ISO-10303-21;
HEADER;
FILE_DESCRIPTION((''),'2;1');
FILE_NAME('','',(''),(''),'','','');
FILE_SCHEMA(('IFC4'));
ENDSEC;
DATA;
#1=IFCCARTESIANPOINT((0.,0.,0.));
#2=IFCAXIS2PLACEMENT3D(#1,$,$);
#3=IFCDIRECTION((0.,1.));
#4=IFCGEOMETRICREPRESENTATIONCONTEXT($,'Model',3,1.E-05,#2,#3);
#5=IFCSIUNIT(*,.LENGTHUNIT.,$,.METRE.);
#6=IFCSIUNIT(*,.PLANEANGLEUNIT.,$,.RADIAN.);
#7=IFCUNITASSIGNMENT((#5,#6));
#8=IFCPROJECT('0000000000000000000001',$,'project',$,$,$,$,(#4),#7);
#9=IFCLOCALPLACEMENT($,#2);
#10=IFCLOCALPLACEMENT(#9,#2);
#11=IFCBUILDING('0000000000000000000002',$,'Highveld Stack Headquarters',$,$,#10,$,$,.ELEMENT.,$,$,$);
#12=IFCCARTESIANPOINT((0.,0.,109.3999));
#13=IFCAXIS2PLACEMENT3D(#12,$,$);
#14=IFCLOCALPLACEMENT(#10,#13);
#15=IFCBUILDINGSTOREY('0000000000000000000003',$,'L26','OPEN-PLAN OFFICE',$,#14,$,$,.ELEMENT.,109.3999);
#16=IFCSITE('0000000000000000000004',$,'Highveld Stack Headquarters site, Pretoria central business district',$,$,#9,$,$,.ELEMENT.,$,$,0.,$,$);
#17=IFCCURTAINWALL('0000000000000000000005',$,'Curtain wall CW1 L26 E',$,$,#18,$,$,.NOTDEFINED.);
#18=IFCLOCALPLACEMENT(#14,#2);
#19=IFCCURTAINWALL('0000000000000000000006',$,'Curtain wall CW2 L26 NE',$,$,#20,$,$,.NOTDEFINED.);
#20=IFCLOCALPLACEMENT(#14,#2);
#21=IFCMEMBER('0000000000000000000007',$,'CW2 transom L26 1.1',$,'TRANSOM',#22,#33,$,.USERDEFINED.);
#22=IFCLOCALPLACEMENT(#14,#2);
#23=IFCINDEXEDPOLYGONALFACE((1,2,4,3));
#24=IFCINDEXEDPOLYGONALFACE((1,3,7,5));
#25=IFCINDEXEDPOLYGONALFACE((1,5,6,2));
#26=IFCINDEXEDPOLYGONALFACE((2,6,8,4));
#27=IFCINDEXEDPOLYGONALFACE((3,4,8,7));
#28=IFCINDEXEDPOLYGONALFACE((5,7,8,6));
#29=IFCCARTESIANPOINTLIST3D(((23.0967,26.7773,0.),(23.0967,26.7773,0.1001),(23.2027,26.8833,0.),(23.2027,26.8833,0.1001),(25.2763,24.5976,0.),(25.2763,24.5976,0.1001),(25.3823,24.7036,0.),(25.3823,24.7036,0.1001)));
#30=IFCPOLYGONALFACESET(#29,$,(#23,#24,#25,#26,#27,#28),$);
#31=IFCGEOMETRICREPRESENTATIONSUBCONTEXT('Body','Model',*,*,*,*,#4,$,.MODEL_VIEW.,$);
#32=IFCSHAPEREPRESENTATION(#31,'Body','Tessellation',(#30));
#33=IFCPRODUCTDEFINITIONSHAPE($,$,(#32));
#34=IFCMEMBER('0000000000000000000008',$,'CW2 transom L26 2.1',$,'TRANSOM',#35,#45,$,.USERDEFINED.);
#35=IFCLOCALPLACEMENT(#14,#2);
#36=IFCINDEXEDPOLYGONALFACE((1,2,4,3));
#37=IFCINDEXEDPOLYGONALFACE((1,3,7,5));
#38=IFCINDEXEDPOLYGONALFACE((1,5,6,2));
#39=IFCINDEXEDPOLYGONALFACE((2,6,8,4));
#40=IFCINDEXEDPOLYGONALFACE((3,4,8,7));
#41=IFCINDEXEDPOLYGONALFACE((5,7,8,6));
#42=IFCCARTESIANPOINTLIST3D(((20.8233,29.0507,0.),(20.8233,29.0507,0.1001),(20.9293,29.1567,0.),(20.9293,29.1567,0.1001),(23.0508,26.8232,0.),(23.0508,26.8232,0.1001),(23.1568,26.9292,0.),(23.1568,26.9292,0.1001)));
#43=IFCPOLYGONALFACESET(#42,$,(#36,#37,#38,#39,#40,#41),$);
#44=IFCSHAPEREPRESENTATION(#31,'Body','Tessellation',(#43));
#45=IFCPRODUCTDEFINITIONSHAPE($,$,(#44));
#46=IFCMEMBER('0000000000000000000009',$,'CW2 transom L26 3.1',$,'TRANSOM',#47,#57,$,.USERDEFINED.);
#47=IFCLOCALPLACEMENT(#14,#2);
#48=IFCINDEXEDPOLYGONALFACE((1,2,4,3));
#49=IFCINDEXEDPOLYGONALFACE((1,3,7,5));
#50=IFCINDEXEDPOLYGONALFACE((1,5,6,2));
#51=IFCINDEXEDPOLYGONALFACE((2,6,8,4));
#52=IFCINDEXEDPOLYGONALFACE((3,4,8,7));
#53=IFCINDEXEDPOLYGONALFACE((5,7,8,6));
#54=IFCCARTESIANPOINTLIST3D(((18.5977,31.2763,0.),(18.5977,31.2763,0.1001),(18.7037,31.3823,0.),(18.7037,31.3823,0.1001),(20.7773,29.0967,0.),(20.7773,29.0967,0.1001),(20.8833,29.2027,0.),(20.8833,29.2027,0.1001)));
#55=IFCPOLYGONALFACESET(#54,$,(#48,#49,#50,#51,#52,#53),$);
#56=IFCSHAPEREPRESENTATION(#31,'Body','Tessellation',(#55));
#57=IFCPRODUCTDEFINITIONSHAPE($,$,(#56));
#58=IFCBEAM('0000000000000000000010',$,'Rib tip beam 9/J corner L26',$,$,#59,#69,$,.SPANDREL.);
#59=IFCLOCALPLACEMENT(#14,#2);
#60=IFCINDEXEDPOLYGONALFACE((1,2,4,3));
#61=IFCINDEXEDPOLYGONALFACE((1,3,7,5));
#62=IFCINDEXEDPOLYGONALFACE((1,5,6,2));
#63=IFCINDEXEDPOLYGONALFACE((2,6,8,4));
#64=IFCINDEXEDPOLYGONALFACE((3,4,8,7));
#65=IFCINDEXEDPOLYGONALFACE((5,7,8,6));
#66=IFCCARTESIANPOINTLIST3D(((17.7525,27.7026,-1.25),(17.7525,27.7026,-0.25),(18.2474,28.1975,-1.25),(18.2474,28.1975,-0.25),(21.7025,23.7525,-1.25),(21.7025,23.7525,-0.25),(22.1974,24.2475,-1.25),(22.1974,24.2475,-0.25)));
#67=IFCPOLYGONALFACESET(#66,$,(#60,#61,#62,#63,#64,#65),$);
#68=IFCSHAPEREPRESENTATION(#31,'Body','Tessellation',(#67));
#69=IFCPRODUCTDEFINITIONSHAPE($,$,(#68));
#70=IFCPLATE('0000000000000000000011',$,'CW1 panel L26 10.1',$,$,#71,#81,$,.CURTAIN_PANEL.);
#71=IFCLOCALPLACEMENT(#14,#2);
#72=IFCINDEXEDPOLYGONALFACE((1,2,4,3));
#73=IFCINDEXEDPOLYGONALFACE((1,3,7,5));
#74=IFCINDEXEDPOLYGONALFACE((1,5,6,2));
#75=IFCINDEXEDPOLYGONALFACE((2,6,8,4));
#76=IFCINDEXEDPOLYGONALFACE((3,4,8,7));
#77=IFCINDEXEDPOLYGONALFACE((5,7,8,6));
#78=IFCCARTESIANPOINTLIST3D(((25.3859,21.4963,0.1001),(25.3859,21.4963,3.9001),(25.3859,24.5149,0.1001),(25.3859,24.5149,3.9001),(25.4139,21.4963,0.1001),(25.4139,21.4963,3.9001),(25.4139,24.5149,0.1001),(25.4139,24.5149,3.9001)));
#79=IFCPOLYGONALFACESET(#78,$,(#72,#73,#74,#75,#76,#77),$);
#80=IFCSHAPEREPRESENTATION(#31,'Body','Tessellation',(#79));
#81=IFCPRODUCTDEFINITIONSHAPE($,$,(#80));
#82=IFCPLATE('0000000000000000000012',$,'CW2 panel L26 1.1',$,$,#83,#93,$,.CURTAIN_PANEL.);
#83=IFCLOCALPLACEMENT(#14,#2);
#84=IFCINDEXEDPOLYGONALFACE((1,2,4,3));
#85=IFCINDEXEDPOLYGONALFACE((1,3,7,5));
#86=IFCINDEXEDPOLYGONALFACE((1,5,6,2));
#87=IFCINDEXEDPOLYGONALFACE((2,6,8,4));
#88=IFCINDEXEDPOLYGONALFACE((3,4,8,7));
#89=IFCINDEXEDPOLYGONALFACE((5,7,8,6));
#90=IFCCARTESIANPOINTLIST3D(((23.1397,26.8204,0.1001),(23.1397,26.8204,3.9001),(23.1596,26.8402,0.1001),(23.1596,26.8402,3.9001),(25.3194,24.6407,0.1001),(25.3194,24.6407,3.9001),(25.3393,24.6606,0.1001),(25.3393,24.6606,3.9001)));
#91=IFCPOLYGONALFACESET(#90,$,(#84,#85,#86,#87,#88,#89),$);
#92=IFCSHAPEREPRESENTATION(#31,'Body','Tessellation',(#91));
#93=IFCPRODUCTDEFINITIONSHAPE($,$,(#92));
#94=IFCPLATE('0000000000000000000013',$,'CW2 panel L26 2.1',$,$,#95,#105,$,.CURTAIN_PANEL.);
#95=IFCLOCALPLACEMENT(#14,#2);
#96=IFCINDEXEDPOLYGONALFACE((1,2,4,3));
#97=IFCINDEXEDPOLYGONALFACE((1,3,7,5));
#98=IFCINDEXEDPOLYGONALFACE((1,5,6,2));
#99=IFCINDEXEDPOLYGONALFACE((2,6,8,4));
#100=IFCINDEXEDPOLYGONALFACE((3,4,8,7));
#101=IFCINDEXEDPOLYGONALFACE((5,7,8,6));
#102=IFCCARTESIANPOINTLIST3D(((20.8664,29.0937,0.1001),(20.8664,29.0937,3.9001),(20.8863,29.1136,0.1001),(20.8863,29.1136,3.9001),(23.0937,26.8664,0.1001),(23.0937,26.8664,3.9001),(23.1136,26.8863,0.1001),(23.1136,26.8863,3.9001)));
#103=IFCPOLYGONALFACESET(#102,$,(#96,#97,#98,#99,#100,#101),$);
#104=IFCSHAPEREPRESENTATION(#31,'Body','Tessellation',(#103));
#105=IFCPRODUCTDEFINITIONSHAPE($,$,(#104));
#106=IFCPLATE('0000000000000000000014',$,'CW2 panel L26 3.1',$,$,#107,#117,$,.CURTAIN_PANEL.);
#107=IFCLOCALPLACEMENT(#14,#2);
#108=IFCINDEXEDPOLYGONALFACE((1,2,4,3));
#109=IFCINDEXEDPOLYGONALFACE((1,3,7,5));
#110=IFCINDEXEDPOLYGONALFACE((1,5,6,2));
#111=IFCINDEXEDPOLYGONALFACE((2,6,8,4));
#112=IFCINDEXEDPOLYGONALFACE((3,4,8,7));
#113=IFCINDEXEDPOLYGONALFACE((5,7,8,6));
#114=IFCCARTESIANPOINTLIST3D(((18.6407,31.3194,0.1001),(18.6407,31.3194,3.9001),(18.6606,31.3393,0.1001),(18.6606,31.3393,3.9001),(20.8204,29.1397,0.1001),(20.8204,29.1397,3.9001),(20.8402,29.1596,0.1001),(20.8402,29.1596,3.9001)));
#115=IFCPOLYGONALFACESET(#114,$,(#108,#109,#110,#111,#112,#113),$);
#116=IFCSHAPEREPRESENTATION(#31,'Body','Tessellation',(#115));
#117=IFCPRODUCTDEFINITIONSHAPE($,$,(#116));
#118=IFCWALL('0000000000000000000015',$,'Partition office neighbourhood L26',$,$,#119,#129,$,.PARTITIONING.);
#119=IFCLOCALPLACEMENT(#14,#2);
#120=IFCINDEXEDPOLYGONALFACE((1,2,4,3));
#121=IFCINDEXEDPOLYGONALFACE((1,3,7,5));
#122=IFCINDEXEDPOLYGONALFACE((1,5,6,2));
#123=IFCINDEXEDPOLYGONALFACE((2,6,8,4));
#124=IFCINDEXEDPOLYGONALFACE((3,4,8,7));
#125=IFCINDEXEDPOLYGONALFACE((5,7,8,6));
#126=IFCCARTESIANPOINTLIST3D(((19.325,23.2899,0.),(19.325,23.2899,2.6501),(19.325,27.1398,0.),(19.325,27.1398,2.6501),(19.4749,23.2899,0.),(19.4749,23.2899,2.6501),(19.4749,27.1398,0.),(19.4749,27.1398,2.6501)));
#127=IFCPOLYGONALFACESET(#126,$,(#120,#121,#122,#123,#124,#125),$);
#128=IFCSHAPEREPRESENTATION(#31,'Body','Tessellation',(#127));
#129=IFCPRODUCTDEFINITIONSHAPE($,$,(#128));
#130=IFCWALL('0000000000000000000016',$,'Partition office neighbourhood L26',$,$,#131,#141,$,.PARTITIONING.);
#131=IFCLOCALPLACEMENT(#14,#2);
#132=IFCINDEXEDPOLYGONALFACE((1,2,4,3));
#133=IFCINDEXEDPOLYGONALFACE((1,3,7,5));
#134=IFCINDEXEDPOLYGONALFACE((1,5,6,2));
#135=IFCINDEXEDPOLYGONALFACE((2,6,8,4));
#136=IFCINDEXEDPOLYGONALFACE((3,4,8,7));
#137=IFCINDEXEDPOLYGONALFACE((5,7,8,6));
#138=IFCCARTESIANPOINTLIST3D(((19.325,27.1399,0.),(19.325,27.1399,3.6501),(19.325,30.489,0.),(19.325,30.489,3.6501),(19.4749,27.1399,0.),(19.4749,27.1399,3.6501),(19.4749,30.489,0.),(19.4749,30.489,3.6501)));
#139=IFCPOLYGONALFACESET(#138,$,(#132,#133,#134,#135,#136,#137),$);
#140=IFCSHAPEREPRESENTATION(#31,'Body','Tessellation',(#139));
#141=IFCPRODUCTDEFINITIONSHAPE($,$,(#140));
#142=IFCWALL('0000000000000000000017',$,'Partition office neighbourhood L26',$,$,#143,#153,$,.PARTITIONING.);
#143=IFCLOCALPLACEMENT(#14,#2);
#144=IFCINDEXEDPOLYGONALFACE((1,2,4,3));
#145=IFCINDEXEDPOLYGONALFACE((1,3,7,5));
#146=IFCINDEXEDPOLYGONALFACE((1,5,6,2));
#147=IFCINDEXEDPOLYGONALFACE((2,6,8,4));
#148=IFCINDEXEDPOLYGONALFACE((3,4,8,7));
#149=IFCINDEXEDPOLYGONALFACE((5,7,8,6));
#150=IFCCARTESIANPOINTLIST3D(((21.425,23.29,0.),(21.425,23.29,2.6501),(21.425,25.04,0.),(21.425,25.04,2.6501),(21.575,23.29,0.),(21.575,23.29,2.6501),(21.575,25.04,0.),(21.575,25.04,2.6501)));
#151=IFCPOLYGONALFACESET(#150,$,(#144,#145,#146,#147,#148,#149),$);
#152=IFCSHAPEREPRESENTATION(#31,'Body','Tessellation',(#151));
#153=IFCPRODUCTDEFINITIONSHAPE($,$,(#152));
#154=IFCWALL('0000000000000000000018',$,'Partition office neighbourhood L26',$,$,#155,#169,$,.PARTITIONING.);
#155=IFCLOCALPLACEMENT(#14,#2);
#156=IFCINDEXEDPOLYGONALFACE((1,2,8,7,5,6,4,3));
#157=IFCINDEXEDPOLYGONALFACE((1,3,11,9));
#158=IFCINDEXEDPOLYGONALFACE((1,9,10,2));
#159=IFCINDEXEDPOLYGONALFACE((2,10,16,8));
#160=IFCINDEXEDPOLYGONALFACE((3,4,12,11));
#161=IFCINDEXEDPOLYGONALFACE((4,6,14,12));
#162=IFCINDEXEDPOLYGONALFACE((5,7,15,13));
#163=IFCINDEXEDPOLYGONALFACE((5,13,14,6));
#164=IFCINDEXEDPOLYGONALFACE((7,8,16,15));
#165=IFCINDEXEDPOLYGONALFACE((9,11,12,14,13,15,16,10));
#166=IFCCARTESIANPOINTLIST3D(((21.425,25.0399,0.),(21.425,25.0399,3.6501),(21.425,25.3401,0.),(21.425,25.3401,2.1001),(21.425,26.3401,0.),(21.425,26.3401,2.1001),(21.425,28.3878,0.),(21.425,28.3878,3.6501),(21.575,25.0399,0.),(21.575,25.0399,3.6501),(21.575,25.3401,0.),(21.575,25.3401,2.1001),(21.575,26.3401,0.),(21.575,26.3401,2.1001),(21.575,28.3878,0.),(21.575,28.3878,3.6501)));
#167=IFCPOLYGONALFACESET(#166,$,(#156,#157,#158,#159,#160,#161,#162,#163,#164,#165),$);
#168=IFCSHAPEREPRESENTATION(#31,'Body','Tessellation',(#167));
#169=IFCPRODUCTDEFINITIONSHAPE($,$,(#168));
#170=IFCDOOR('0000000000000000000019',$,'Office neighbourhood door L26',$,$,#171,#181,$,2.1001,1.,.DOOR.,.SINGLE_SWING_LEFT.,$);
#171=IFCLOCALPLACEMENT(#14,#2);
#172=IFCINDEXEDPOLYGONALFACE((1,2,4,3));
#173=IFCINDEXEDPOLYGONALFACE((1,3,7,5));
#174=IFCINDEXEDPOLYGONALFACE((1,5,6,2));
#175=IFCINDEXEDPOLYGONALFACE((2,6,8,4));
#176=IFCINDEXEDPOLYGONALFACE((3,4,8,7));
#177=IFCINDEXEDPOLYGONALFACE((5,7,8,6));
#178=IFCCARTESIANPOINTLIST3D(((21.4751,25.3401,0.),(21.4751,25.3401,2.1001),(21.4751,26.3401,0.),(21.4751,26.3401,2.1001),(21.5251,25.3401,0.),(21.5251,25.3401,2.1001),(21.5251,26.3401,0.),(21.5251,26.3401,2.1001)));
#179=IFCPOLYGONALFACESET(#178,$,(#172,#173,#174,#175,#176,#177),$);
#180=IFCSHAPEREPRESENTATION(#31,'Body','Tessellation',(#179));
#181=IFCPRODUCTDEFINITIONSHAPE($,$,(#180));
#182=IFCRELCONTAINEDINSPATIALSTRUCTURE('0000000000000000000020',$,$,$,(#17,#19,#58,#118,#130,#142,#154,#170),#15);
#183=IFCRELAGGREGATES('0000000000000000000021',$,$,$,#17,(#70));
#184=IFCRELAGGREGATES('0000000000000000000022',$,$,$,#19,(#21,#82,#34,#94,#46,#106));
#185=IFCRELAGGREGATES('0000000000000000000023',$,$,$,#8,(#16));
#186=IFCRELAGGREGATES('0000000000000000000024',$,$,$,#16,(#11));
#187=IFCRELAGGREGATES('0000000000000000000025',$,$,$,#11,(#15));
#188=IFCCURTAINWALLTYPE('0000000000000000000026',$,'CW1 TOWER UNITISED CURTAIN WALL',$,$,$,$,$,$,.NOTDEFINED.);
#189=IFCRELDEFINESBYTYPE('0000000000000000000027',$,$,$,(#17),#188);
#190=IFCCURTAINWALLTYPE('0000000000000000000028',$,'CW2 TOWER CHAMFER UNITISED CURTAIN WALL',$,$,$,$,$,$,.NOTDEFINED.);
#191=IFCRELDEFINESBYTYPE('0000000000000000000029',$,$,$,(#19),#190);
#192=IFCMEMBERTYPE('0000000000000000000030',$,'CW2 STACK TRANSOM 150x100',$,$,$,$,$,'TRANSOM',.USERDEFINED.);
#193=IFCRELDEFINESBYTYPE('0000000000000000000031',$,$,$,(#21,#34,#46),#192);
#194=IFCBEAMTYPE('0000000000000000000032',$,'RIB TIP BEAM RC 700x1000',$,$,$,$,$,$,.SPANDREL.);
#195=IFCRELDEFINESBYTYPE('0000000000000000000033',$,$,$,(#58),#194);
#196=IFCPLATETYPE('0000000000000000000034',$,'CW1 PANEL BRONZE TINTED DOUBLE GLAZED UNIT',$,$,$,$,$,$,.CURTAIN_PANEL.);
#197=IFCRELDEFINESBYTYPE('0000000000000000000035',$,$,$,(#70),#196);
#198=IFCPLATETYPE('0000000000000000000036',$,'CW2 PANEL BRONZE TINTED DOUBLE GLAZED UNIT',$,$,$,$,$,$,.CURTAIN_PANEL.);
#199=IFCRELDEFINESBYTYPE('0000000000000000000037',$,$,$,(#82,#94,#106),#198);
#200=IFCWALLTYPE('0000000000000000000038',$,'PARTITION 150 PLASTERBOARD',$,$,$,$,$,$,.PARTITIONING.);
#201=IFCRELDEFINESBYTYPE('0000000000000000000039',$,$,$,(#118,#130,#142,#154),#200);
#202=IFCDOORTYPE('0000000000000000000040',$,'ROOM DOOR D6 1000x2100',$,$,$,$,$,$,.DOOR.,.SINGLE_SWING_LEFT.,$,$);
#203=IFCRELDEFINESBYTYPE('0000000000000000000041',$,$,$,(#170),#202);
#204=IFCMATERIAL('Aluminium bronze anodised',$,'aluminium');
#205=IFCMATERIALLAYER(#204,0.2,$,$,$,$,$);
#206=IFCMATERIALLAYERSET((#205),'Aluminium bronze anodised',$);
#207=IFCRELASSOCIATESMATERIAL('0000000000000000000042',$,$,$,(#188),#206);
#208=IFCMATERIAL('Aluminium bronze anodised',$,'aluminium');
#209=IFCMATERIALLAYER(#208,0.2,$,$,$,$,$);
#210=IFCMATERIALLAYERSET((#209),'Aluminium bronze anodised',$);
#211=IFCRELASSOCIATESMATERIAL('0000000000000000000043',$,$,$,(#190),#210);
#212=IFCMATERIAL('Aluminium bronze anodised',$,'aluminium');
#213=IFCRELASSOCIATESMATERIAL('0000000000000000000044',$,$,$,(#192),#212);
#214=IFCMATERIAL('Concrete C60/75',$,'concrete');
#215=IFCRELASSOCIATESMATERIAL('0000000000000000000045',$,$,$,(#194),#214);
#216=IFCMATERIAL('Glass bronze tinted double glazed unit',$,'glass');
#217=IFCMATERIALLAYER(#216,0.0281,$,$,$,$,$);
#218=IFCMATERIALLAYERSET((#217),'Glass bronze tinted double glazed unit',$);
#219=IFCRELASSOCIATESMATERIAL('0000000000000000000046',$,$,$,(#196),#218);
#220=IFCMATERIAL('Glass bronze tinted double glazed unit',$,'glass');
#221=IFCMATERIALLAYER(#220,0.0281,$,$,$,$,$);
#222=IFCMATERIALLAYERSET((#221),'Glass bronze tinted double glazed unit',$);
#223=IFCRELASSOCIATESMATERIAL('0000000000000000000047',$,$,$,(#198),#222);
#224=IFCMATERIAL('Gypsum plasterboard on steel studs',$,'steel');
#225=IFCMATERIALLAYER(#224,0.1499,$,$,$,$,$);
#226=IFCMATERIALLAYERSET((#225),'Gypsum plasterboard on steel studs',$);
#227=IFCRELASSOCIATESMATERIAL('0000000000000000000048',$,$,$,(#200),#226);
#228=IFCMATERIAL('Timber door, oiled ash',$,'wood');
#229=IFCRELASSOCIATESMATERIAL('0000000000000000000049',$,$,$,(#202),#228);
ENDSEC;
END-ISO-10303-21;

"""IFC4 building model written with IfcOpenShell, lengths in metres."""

from ifc_helpers import new_model, si_unit, direction, frame, frame_2d, origin, origin_2d, place, context, subcontext, project, spatial, rectangle, extrude, material, layer, layer_set, material_profile, profile_set, type_object, element, fill, aggregate, save


model = new_model("IFC4")

# Units and contexts
model_context = context("Model", 3, precision=1e-05, world=origin(), true_north=direction((0.0, 1.0)))
body_context = subcontext(model_context, "Body", "Model", "MODEL_VIEW")
ifc_project = project(units=[si_unit("LENGTHUNIT", "METRE"), si_unit("PLANEANGLEUNIT", "RADIAN")], contexts=[model_context])

# Site, building, storey
site_placement = place(None, origin())
site = spatial("IfcSite", under=ifc_project, at=site_placement, Name="Highveld Stack Headquarters site, Pretoria central business district", CompositionType="ELEMENT", RefElevation=0.0)
building_placement = place(site_placement, origin())
building = spatial("IfcBuilding", under=site, at=building_placement, Name="Highveld Stack Headquarters", CompositionType="ELEMENT")
storey_placement = place(building_placement, frame((0.0, 0.0, 109.3999)))
storey = spatial("IfcBuildingStorey", under=building, at=storey_placement, Name="L26", Description="OPEN-PLAN OFFICE", CompositionType="ELEMENT", Elevation=109.3999)

# Curtain wall
ifc_material_1 = material(Name="Aluminium bronze anodised", Category="aluminium")
ifc_layer_1 = layer(ifc_material_1, 0.2)
ifc_layer_set_1 = layer_set([ifc_layer_1], Name="Aluminium bronze anodised")
curtain_wall_type_1 = type_object("IfcCurtainWallType", Name="CW1 TOWER UNITISED CURTAIN WALL", PredefinedType="NOTDEFINED", material=ifc_layer_set_1)
curtain_wall_1_placement = place(storey_placement, origin())
curtain_wall_1 = element("IfcCurtainWall", 1, at=curtain_wall_1_placement, inside=storey, type_object=curtain_wall_type_1, Name="Curtain wall CW1 L26 E", PredefinedType="NOTDEFINED")

# Curtain wall, members
ifc_material_2 = material(Name="Aluminium bronze anodised", Category="aluminium")
ifc_layer_2 = layer(ifc_material_2, 0.2)
ifc_layer_set_2 = layer_set([ifc_layer_2], Name="Aluminium bronze anodised")
curtain_wall_type_2 = type_object("IfcCurtainWallType", Name="CW2 TOWER CHAMFER UNITISED CURTAIN WALL", PredefinedType="NOTDEFINED", material=ifc_layer_set_2)
curtain_wall_2_placement = place(storey_placement, origin())
curtain_wall_2 = element("IfcCurtainWall", 2, at=curtain_wall_2_placement, inside=storey, type_object=curtain_wall_type_2, Name="Curtain wall CW2 L26 NE", PredefinedType="NOTDEFINED")
ifc_material_3 = material(Name="Aluminium bronze anodised", Category="aluminium")
ifc_material_profile_1 = material_profile(ifc_material_3, rectangle(XDim=0.1499, YDim=0.1001, at=origin_2d()), Name="CW2 TRANSOM 150x100")
ifc_profile_set_1 = profile_set([ifc_material_profile_1], Name="Aluminium bronze anodised")
member_type_1 = type_object("IfcMemberType", Name="CW2 STACK TRANSOM 150x100", ElementType="TRANSOM", PredefinedType="USERDEFINED", material=ifc_profile_set_1)
member_1_placement = place(storey_placement, frame((25.3293, 24.6506, 0.05), z_axis=(-0.707107, 0.707107, 0.0), x_axis=(-0.707107, -0.707107, 0.0)))
member_1 = element("IfcMember", 3, at=member_1_placement, type_object=member_type_1, Name="CW2 transom L26 1.1", ObjectType="TRANSOM", PredefinedType="USERDEFINED", context=body_context, shape_type="SweptSolid", body=[
    extrude(rectangle(XDim=0.1499, YDim=0.1001, at=origin_2d()), origin(), (0.0, 0.0, 1.0), 3.0825),
])
member_2_placement = place(storey_placement, frame((23.1038, 26.8762, 0.05), z_axis=(-0.707107, 0.707107, 0.0), x_axis=(-0.707107, -0.707107, 0.0)))
member_2 = element("IfcMember", 4, at=member_2_placement, type_object=member_type_1, Name="CW2 transom L26 2.1", ObjectType="TRANSOM", PredefinedType="USERDEFINED", context=body_context, shape_type="SweptSolid", body=[
    extrude(rectangle(XDim=0.1499, YDim=0.1001, at=origin_2d()), origin(), (0.0, 0.0, 1.0), 3.1501),
])
member_3_placement = place(storey_placement, frame((20.8303, 29.1497, 0.05), z_axis=(-0.707107, 0.707107, 0.0), x_axis=(-0.707107, -0.707107, 0.0)))
member_3 = element("IfcMember", 5, at=member_3_placement, type_object=member_type_1, Name="CW2 transom L26 3.1", ObjectType="TRANSOM", PredefinedType="USERDEFINED", context=body_context, shape_type="SweptSolid", body=[
    extrude(rectangle(XDim=0.1499, YDim=0.1001, at=origin_2d()), origin(), (0.0, 0.0, 1.0), 3.0825),
])

# Beam
ifc_material_4 = material(Name="Concrete C60/75", Category="concrete")
ifc_material_profile_2 = material_profile(ifc_material_4, rectangle(XDim=0.7, YDim=1.0, at=origin_2d()), Name="RC 700x1000")
ifc_profile_set_2 = profile_set([ifc_material_profile_2], Name="Concrete C60/75")
beam_type_1 = type_object("IfcBeamType", Name="RIB TIP BEAM RC 700x1000", PredefinedType="SPANDREL", material=ifc_profile_set_2)
beam_1_placement = place(storey_placement, frame((21.95, 24.0, -0.75), z_axis=(-0.707107, 0.707107, 0.0), x_axis=(-0.707107, -0.707107, 0.0)))
element("IfcBeam", 6, at=beam_1_placement, inside=storey, type_object=beam_type_1, Name="Rib tip beam 9/J corner L26", PredefinedType="SPANDREL", context=body_context, shape_type="SweptSolid", body=[
    extrude(rectangle(XDim=0.7, YDim=1.0, at=origin_2d()), origin(), (0.0, 0.0, 1.0), 5.5862),
])

# Plates
ifc_material_5 = material(Name="Glass bronze tinted double glazed unit", Category="glass")
ifc_layer_3 = layer(ifc_material_5, 0.0281)
ifc_layer_set_3 = layer_set([ifc_layer_3], Name="Glass bronze tinted double glazed unit")
plate_type_1 = type_object("IfcPlateType", Name="CW1 PANEL BRONZE TINTED DOUBLE GLAZED UNIT", PredefinedType="CURTAIN_PANEL", material=ifc_layer_set_3)
plate_1_placement = place(storey_placement, frame((25.3999, 23.0056, 0.1001), z_axis=(0.0, 0.0, 1.0), x_axis=(0.0, 1.0, 0.0)))
plate_1 = element("IfcPlate", 7, at=plate_1_placement, type_object=plate_type_1, Name="CW1 panel L26 10.1", PredefinedType="CURTAIN_PANEL", context=body_context, shape_type="SweptSolid", body=[
    extrude(rectangle(XDim=3.0186, YDim=0.0281, at=origin_2d()), origin(), (0.0, 0.0, 1.0), 3.8),
])
aggregate(curtain_wall_1, [plate_1])
ifc_material_6 = material(Name="Glass bronze tinted double glazed unit", Category="glass")
ifc_layer_4 = layer(ifc_material_6, 0.0281)
ifc_layer_set_4 = layer_set([ifc_layer_4], Name="Glass bronze tinted double glazed unit")
plate_type_2 = type_object("IfcPlateType", Name="CW2 PANEL BRONZE TINTED DOUBLE GLAZED UNIT", PredefinedType="CURTAIN_PANEL", material=ifc_layer_set_4)
plate_2_placement = place(storey_placement, frame((24.2395, 25.7405, 0.1001), z_axis=(0.0, 0.0, 1.0), x_axis=(-0.707107, 0.707107, 0.0)))
plate_2 = element("IfcPlate", 8, at=plate_2_placement, type_object=plate_type_2, Name="CW2 panel L26 1.1", PredefinedType="CURTAIN_PANEL", context=body_context, shape_type="SweptSolid", body=[
    extrude(rectangle(XDim=3.0825, YDim=0.0281, at=origin_2d()), origin(), (0.0, 0.0, 1.0), 3.8),
])
plate_3_placement = place(storey_placement, frame((21.99, 27.99, 0.1001), z_axis=(0.0, 0.0, 1.0), x_axis=(-0.707107, 0.707107, 0.0)))
plate_3 = element("IfcPlate", 9, at=plate_3_placement, type_object=plate_type_2, Name="CW2 panel L26 2.1", PredefinedType="CURTAIN_PANEL", context=body_context, shape_type="SweptSolid", body=[
    extrude(rectangle(XDim=3.1499, YDim=0.0281, at=origin_2d()), origin(), (0.0, 0.0, 1.0), 3.8),
])
plate_4_placement = place(storey_placement, frame((19.7405, 30.2395, 0.1001), z_axis=(0.0, 0.0, 1.0), x_axis=(-0.707107, 0.707107, 0.0)))
plate_4 = element("IfcPlate", 10, at=plate_4_placement, type_object=plate_type_2, Name="CW2 panel L26 3.1", PredefinedType="CURTAIN_PANEL", context=body_context, shape_type="SweptSolid", body=[
    extrude(rectangle(XDim=3.0825, YDim=0.0281, at=origin_2d()), origin(), (0.0, 0.0, 1.0), 3.8),
])
aggregate(curtain_wall_2, [member_1, plate_2, member_2, plate_3, member_3, plate_4])

# Walls
ifc_material_7 = material(Name="Gypsum plasterboard on steel studs", Category="steel")
ifc_layer_5 = layer(ifc_material_7, 0.1499)
ifc_layer_set_5 = layer_set([ifc_layer_5], Name="Gypsum plasterboard on steel studs")
wall_type = type_object("IfcWallType", Name="PARTITION 150 PLASTERBOARD", PredefinedType="PARTITIONING", material=ifc_layer_set_5)
wall_1_placement = place(storey_placement, frame((19.3999, 23.29, 0.0), z_axis=(0.0, 0.0, 1.0), x_axis=(0.0, 1.0, 0.0)))
element("IfcWall", 11, at=wall_1_placement, inside=storey, type_object=wall_type, Name="Partition office neighbourhood L26", PredefinedType="PARTITIONING", context=body_context, shape_type="SweptSolid", body=[
    extrude(rectangle(XDim=3.8499, YDim=0.1499, at=frame_2d((1.9248, 0.0))), origin(), (0.0, 0.0, 1.0), 2.6501),
])
wall_2_placement = place(storey_placement, frame((19.3999, 27.1399, 0.0), z_axis=(0.0, 0.0, 1.0), x_axis=(0.0, 1.0, 0.0)))
element("IfcWall", 12, at=wall_2_placement, inside=storey, type_object=wall_type, Name="Partition office neighbourhood L26", PredefinedType="PARTITIONING", context=body_context, shape_type="SweptSolid", body=[
    extrude(rectangle(XDim=3.3491, YDim=0.1499, at=frame_2d((1.6746, 0.0))), origin(), (0.0, 0.0, 1.0), 3.6501),
])
wall_3_placement = place(storey_placement, frame((21.5, 23.29, 0.0), z_axis=(0.0, 0.0, 1.0), x_axis=(0.0, 1.0, 0.0)))
element("IfcWall", 13, at=wall_3_placement, inside=storey, type_object=wall_type, Name="Partition office neighbourhood L26", PredefinedType="PARTITIONING", context=body_context, shape_type="SweptSolid", body=[
    extrude(rectangle(XDim=1.75, YDim=0.1499, at=frame_2d((0.875, 0.0))), origin(), (0.0, 0.0, 1.0), 2.6501),
])

# Wall, opening, door
wall_4_placement = place(storey_placement, frame((21.5, 25.04, 0.0), z_axis=(0.0, 0.0, 1.0), x_axis=(0.0, 1.0, 0.0)))
wall_4 = element("IfcWall", 14, at=wall_4_placement, inside=storey, type_object=wall_type, Name="Partition office neighbourhood L26", PredefinedType="PARTITIONING", context=body_context, shape_type="SweptSolid", body=[
    extrude(rectangle(XDim=3.3479, YDim=0.1499, at=frame_2d((1.6738, 0.0))), origin(), (0.0, 0.0, 1.0), 3.6501),
])
opening_placement = place(wall_4_placement, frame((0.3, 0.0, 0.0)))
opening = element("IfcOpeningElement", 15, at=opening_placement, cuts=wall_4, PredefinedType="OPENING", context=body_context, shape_type="SweptSolid", body=[
    extrude(rectangle(XDim=1.0, YDim=2.1001, at=frame_2d((0.5, 1.05))), frame((0.0, 0.085, 0.0), z_axis=(0.0, -1.0, 0.0), x_axis=(1.0, 0.0, 0.0)), (0.0, 0.0, 1.0), 0.1699),
])
ifc_material_8 = material(Name="Timber door, oiled ash", Category="wood")
door_type = type_object("IfcDoorType", Name="ROOM DOOR D6 1000x2100", OperationType="SINGLE_SWING_LEFT", PredefinedType="DOOR", material=ifc_material_8)
door_placement = place(opening_placement, origin())
door = element("IfcDoor", 16, at=door_placement, inside=storey, type_object=door_type, Name="Office neighbourhood door L26", OperationType="SINGLE_SWING_LEFT", OverallHeight=2.1001, OverallWidth=1.0, PredefinedType="DOOR", context=body_context, shape_type="SweptSolid", body=[
    extrude(rectangle(XDim=1.0, YDim=2.1001, at=frame_2d((0.5, 1.05))), frame((0.0, 0.0249, 0.0), z_axis=(0.0, -1.0, 0.0), x_axis=(1.0, 0.0, 0.0)), (0.0, 0.0, 1.0), 0.05),
])
fill(opening, door)

save(model, "model.ifc")
